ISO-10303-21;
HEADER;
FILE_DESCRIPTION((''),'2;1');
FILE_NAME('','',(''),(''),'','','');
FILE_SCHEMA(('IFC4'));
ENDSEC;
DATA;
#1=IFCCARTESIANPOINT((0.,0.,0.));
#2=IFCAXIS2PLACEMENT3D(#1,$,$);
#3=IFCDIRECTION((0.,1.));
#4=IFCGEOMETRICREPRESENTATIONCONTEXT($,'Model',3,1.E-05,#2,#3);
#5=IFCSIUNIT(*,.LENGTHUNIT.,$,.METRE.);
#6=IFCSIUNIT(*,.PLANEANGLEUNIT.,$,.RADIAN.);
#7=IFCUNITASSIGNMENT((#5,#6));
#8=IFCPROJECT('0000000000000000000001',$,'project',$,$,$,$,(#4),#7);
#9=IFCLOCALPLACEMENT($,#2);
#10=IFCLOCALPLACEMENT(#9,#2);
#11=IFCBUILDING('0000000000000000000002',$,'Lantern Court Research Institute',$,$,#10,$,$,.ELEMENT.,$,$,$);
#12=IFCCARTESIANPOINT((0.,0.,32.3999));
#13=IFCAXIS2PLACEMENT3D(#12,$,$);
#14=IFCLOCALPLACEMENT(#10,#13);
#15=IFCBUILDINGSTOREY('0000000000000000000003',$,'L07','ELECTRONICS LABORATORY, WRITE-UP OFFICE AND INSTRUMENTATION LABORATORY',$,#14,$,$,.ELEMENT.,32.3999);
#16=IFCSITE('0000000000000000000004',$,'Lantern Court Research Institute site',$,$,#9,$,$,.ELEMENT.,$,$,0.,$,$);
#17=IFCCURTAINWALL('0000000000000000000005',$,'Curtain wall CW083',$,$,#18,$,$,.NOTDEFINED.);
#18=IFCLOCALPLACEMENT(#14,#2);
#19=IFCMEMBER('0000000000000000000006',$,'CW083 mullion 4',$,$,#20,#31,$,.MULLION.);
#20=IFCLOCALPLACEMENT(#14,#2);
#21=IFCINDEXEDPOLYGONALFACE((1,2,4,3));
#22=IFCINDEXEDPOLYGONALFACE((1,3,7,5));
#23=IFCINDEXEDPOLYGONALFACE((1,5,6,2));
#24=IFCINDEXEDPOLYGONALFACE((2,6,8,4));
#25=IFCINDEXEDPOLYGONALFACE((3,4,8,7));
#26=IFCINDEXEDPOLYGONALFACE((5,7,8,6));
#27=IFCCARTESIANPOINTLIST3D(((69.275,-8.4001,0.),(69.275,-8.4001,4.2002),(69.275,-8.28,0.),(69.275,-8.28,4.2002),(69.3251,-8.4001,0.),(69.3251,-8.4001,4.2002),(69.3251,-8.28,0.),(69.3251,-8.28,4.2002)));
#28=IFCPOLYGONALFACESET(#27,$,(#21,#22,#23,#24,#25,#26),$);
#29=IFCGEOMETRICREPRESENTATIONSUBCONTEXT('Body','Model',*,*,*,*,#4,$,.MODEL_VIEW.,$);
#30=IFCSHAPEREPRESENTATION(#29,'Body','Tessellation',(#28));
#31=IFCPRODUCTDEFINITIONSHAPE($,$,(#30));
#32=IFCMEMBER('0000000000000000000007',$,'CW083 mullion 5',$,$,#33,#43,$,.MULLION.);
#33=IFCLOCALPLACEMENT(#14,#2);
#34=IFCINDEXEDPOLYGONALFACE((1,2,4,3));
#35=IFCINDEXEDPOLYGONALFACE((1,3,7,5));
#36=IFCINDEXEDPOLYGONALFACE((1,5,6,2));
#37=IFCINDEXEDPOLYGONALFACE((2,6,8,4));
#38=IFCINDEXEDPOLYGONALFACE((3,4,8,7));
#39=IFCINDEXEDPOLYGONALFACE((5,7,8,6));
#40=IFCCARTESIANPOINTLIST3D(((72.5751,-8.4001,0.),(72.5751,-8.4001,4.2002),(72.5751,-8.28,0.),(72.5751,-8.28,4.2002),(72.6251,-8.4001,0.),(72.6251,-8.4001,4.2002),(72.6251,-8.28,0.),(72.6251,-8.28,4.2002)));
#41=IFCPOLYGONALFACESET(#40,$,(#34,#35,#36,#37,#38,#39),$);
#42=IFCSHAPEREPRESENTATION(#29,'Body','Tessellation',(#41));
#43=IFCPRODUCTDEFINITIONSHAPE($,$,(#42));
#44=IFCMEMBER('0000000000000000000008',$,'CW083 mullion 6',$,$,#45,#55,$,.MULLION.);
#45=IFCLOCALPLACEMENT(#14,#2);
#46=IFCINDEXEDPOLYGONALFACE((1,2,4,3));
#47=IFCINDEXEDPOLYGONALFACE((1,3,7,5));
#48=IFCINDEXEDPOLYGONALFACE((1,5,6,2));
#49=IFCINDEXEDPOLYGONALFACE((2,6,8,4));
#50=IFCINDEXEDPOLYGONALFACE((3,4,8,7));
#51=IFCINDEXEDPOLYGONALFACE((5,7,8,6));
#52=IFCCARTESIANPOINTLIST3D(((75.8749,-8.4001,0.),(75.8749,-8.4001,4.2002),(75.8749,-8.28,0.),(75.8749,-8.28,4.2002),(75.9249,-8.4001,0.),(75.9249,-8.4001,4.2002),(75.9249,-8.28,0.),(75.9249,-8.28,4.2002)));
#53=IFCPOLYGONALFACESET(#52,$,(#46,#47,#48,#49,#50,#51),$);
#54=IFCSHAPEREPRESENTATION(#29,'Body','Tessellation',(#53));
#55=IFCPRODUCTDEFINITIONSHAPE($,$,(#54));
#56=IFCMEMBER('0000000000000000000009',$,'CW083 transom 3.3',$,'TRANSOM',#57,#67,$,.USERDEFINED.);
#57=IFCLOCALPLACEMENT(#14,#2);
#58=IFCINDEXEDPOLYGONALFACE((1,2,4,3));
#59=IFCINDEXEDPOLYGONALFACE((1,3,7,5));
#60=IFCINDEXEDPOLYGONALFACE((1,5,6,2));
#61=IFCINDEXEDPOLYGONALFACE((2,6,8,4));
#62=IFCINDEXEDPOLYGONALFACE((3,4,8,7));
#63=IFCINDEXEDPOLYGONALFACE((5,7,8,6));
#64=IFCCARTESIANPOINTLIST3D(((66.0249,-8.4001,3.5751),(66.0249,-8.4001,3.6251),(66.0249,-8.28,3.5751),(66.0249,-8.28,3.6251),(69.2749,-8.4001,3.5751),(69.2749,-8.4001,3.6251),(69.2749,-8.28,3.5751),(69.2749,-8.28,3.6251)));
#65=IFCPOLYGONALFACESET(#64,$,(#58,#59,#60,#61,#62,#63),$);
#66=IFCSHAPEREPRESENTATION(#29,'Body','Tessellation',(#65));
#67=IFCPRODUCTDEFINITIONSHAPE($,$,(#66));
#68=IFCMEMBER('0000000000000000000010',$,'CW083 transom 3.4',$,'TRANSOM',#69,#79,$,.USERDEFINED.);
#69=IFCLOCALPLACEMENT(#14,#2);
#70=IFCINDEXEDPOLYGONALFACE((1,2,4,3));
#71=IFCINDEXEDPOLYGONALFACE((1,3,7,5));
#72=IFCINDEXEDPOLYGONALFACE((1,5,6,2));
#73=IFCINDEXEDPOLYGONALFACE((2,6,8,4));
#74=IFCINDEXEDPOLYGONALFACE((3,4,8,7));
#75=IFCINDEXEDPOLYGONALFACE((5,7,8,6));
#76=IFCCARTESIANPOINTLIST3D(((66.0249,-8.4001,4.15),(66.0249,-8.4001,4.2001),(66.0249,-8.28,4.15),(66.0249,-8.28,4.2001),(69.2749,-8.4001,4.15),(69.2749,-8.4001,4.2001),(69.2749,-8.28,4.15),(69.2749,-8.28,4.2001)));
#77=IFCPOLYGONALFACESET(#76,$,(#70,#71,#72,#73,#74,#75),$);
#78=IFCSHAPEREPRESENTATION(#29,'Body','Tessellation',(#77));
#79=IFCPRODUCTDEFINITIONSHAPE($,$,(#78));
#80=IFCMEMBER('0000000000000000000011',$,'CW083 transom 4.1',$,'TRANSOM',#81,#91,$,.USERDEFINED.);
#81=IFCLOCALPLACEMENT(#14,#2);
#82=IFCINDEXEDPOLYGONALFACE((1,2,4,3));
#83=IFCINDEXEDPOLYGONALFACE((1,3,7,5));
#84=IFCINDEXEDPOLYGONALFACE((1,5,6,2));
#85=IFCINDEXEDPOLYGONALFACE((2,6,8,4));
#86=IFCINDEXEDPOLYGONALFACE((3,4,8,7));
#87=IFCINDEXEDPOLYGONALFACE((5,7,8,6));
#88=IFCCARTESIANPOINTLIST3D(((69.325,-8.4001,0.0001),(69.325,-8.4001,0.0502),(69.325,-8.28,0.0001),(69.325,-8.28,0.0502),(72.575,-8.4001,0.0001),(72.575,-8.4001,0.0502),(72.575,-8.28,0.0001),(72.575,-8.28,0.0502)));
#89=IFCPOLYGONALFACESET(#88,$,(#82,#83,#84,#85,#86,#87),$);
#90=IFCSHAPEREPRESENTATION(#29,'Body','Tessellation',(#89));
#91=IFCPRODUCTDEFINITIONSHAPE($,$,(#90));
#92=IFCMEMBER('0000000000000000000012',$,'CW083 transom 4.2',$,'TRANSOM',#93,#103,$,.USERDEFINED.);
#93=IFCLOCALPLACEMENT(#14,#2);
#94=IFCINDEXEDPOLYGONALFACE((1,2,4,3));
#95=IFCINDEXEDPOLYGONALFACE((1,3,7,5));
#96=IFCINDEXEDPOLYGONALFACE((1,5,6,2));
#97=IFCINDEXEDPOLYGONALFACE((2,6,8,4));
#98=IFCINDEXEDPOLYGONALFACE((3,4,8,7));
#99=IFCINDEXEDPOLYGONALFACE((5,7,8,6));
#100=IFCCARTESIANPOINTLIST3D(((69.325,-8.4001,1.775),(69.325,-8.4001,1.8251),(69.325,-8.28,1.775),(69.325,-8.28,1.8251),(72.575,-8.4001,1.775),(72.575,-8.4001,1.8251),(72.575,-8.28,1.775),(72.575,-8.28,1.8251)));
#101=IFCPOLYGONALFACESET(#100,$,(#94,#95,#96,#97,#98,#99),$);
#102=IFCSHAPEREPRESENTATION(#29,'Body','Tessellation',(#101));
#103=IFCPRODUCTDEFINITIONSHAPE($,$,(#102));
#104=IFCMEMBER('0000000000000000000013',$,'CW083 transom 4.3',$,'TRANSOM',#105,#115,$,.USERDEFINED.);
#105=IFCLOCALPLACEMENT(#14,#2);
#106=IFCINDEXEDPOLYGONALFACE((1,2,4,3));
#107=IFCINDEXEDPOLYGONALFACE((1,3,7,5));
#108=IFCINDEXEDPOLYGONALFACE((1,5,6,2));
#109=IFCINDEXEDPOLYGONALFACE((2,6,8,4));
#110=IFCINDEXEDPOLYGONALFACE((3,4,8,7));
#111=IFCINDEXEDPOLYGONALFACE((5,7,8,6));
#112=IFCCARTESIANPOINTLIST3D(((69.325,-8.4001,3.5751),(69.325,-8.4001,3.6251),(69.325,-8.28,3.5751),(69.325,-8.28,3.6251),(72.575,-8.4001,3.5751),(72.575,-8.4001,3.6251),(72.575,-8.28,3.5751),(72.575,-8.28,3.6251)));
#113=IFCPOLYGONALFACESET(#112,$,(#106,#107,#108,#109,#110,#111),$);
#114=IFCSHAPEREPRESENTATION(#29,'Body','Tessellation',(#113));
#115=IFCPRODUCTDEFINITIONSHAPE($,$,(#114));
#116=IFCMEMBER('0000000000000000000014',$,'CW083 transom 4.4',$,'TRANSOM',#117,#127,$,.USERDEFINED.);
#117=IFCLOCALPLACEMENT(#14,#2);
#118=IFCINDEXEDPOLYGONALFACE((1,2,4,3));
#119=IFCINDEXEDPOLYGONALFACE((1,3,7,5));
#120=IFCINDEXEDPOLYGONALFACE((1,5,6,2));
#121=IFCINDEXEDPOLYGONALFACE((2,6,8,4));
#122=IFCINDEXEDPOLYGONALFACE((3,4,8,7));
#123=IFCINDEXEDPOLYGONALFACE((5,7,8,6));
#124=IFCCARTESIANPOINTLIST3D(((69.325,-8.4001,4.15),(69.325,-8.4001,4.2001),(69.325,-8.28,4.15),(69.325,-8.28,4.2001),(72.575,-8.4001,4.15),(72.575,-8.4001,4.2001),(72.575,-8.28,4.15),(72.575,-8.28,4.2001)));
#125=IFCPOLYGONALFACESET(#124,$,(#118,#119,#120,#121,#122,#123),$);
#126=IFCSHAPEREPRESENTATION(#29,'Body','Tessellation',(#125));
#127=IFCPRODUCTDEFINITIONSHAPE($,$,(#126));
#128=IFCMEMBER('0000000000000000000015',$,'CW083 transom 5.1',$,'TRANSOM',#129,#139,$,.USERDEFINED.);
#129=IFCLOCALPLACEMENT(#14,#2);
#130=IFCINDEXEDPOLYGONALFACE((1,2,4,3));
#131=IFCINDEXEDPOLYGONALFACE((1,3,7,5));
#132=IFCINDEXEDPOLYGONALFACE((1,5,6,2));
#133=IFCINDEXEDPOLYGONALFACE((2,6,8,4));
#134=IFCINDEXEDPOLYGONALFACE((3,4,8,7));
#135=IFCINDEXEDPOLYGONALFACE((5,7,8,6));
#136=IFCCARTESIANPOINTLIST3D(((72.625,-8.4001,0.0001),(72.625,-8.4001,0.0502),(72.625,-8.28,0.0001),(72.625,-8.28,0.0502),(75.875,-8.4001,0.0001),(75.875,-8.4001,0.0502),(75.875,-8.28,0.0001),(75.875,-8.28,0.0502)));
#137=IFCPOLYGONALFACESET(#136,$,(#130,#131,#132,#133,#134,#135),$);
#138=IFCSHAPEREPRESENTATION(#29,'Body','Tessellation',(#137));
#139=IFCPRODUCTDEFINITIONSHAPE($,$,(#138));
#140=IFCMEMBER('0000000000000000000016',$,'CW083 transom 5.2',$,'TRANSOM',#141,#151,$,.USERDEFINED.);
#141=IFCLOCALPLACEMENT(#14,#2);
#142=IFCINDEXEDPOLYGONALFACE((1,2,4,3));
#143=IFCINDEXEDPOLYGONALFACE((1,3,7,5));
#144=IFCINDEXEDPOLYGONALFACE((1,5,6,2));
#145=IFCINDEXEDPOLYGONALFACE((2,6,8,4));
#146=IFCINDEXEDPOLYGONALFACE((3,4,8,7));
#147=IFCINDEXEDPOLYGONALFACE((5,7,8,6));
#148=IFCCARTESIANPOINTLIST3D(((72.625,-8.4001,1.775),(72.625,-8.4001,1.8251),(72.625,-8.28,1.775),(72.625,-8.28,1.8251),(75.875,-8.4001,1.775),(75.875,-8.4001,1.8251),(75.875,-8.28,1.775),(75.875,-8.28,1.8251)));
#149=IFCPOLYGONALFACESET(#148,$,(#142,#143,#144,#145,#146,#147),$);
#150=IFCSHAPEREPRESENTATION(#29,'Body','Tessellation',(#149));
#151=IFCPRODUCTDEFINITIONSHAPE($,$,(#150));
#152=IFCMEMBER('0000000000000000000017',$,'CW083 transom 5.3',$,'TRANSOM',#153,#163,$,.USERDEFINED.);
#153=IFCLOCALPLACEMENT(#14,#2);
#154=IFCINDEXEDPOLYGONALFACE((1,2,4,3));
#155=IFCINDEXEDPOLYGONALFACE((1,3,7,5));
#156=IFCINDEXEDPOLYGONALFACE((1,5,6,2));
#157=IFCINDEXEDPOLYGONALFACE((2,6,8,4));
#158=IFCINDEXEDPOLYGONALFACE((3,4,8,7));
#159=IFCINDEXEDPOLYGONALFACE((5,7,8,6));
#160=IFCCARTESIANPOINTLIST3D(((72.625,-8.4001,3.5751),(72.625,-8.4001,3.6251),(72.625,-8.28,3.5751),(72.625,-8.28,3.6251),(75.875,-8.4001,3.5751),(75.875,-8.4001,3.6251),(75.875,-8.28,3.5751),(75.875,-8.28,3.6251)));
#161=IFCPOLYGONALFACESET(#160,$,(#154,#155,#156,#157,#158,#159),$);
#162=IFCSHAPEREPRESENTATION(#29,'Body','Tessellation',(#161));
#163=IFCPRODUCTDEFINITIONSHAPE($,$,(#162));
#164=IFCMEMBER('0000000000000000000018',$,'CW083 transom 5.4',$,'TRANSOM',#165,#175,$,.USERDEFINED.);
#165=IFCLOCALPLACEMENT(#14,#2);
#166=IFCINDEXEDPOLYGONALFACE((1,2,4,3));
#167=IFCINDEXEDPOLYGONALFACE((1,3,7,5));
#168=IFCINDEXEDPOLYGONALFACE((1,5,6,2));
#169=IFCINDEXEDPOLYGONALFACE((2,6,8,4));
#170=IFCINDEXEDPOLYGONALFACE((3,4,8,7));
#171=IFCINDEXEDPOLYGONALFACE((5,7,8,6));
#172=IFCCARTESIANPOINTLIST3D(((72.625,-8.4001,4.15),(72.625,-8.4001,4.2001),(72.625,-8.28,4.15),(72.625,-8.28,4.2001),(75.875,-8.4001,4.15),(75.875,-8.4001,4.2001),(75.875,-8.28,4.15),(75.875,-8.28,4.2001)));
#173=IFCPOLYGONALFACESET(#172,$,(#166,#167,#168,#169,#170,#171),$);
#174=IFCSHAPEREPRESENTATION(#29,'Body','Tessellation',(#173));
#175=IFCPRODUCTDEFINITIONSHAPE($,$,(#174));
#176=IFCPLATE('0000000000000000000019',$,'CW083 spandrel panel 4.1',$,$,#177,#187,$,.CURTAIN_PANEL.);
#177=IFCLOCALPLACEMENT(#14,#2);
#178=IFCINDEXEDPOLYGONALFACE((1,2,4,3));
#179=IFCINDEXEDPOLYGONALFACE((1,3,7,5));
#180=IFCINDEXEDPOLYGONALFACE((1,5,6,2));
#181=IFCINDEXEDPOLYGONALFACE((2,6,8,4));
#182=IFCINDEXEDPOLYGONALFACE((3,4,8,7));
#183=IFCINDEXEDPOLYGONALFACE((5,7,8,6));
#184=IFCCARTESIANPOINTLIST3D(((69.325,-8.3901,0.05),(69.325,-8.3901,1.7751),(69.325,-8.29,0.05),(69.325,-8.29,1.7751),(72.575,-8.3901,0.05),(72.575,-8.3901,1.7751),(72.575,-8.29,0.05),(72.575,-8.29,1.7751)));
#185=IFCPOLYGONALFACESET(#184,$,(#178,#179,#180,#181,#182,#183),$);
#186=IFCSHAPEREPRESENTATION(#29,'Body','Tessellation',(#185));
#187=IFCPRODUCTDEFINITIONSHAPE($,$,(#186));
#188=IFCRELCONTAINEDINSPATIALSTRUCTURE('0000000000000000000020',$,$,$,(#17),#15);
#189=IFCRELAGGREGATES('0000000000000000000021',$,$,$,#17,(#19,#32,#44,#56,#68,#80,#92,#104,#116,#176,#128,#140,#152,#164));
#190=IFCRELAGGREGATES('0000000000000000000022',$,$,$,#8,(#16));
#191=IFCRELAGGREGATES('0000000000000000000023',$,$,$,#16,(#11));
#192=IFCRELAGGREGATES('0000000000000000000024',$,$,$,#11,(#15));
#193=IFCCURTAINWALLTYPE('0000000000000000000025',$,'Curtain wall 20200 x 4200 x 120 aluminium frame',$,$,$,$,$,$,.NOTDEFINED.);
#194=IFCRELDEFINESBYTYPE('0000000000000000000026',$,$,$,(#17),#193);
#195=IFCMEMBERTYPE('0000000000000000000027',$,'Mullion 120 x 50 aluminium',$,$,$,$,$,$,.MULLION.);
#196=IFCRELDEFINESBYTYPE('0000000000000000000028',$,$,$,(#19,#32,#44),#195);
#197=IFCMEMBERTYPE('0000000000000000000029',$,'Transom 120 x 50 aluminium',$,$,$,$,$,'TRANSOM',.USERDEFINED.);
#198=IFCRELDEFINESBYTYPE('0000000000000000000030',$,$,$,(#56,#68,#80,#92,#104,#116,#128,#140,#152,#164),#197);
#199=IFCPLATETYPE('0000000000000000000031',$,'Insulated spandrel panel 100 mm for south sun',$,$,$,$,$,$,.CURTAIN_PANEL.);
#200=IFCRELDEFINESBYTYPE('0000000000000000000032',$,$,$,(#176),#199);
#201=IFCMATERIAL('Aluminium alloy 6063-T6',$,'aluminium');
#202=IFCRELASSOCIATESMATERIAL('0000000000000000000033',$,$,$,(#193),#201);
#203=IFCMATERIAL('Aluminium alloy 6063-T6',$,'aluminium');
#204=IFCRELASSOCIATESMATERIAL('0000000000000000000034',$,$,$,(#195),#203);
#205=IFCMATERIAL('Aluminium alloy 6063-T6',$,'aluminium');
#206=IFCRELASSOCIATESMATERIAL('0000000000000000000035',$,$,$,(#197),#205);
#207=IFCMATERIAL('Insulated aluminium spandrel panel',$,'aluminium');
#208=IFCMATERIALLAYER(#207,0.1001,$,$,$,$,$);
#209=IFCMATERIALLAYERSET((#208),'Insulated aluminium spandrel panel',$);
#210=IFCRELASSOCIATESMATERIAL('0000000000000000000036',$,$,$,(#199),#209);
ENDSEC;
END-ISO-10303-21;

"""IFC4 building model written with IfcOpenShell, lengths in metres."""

from ifc_helpers import new_model, si_unit, direction, frame, origin, origin_2d, place, context, subcontext, project, spatial, rectangle, extrude, material, layer, layer_set, material_profile, profile_set, type_object, element, aggregate, save


model = new_model("IFC4")

# Units and contexts
model_context = context("Model", 3, precision=1e-05, world=origin(), true_north=direction((0.0, 1.0)))
body_context = subcontext(model_context, "Body", "Model", "MODEL_VIEW")
ifc_project = project(units=[si_unit("LENGTHUNIT", "METRE"), si_unit("PLANEANGLEUNIT", "RADIAN")], contexts=[model_context])

# Site, building, storey
site_placement = place(None, origin())
site = spatial("IfcSite", under=ifc_project, at=site_placement, Name="Lantern Court Research Institute site", CompositionType="ELEMENT", RefElevation=0.0)
building_placement = place(site_placement, origin())
building = spatial("IfcBuilding", under=site, at=building_placement, Name="Lantern Court Research Institute", CompositionType="ELEMENT")
storey_placement = place(building_placement, frame((0.0, 0.0, 32.3999)))
storey = spatial("IfcBuildingStorey", under=building, at=storey_placement, Name="L07", Description="ELECTRONICS LABORATORY, WRITE-UP OFFICE AND INSTRUMENTATION LABORATORY", CompositionType="ELEMENT", Elevation=32.3999)

# Curtain wall, members, plate
ifc_material_1 = material(Name="Aluminium alloy 6063-T6", Category="aluminium")
curtain_wall_type = type_object("IfcCurtainWallType", Name="Curtain wall 20200 x 4200 x 120 aluminium frame", PredefinedType="NOTDEFINED", material=ifc_material_1)
curtain_wall_placement = place(storey_placement, origin())
curtain_wall = element("IfcCurtainWall", 1, at=curtain_wall_placement, inside=storey, type_object=curtain_wall_type, Name="Curtain wall CW083", PredefinedType="NOTDEFINED")
ifc_material_2 = material(Name="Aluminium alloy 6063-T6", Category="aluminium")
ifc_material_profile_1 = material_profile(ifc_material_2, rectangle(XDim=0.1201, YDim=0.05, at=origin_2d()), Name="Mullion 120 x 50")
ifc_profile_set_1 = profile_set([ifc_material_profile_1], Name="Aluminium alloy 6063-T6")
member_type_1 = type_object("IfcMemberType", Name="Mullion 120 x 50 aluminium", PredefinedType="MULLION", material=ifc_profile_set_1)
member_1_placement = place(storey_placement, frame((69.3, -8.3401, 0.0), z_axis=(0.0, 0.0, 1.0), x_axis=(0.0, -1.0, 0.0)))
member_1 = element("IfcMember", 2, at=member_1_placement, type_object=member_type_1, Name="CW083 mullion 4", PredefinedType="MULLION", context=body_context, shape_type="SweptSolid", body=[
    extrude(rectangle(XDim=0.1201, YDim=0.05, at=origin_2d()), origin(), (0.0, 0.0, 1.0), 4.2002),
])
member_2_placement = place(storey_placement, frame((72.6001, -8.3401, 0.0), z_axis=(0.0, 0.0, 1.0), x_axis=(0.0, -1.0, 0.0)))
member_2 = element("IfcMember", 3, at=member_2_placement, type_object=member_type_1, Name="CW083 mullion 5", PredefinedType="MULLION", context=body_context, shape_type="SweptSolid", body=[
    extrude(rectangle(XDim=0.1201, YDim=0.05, at=origin_2d()), origin(), (0.0, 0.0, 1.0), 4.2002),
])
member_3_placement = place(storey_placement, frame((75.8999, -8.3401, 0.0), z_axis=(0.0, 0.0, 1.0), x_axis=(0.0, -1.0, 0.0)))
member_3 = element("IfcMember", 4, at=member_3_placement, type_object=member_type_1, Name="CW083 mullion 6", PredefinedType="MULLION", context=body_context, shape_type="SweptSolid", body=[
    extrude(rectangle(XDim=0.1201, YDim=0.05, at=origin_2d()), origin(), (0.0, 0.0, 1.0), 4.2002),
])
ifc_material_3 = material(Name="Aluminium alloy 6063-T6", Category="aluminium")
ifc_material_profile_2 = material_profile(ifc_material_3, rectangle(XDim=0.1201, YDim=0.05, at=origin_2d()), Name="Transom 120 x 50")
ifc_profile_set_2 = profile_set([ifc_material_profile_2], Name="Aluminium alloy 6063-T6")
member_type_2 = type_object("IfcMemberType", Name="Transom 120 x 50 aluminium", ElementType="TRANSOM", PredefinedType="USERDEFINED", material=ifc_profile_set_2)
member_4_placement = place(storey_placement, frame((69.2749, -8.3401, 3.6001), z_axis=(-1.0, 0.0, 0.0), x_axis=(0.0, -1.0, 0.0)))
member_4 = element("IfcMember", 5, at=member_4_placement, type_object=member_type_2, Name="CW083 transom 3.3", ObjectType="TRANSOM", PredefinedType="USERDEFINED", context=body_context, shape_type="SweptSolid", body=[
    extrude(rectangle(XDim=0.1201, YDim=0.05, at=origin_2d()), origin(), (0.0, 0.0, 1.0), 3.25),
])
member_5_placement = place(storey_placement, frame((69.2749, -8.3401, 4.175), z_axis=(-1.0, 0.0, 0.0), x_axis=(0.0, -1.0, 0.0)))
member_5 = element("IfcMember", 6, at=member_5_placement, type_object=member_type_2, Name="CW083 transom 3.4", ObjectType="TRANSOM", PredefinedType="USERDEFINED", context=body_context, shape_type="SweptSolid", body=[
    extrude(rectangle(XDim=0.1201, YDim=0.05, at=origin_2d()), origin(), (0.0, 0.0, 1.0), 3.25),
])
member_6_placement = place(storey_placement, frame((72.575, -8.3401, 0.0251), z_axis=(-1.0, 0.0, 0.0), x_axis=(0.0, -1.0, 0.0)))
member_6 = element("IfcMember", 7, at=member_6_placement, type_object=member_type_2, Name="CW083 transom 4.1", ObjectType="TRANSOM", PredefinedType="USERDEFINED", context=body_context, shape_type="SweptSolid", body=[
    extrude(rectangle(XDim=0.1201, YDim=0.05, at=origin_2d()), origin(), (0.0, 0.0, 1.0), 3.25),
])
member_7_placement = place(storey_placement, frame((72.575, -8.3401, 1.8), z_axis=(-1.0, 0.0, 0.0), x_axis=(0.0, -1.0, 0.0)))
member_7 = element("IfcMember", 8, at=member_7_placement, type_object=member_type_2, Name="CW083 transom 4.2", ObjectType="TRANSOM", PredefinedType="USERDEFINED", context=body_context, shape_type="SweptSolid", body=[
    extrude(rectangle(XDim=0.1201, YDim=0.05, at=origin_2d()), origin(), (0.0, 0.0, 1.0), 3.25),
])
member_8_placement = place(storey_placement, frame((72.575, -8.3401, 3.6001), z_axis=(-1.0, 0.0, 0.0), x_axis=(0.0, -1.0, 0.0)))
member_8 = element("IfcMember", 9, at=member_8_placement, type_object=member_type_2, Name="CW083 transom 4.3", ObjectType="TRANSOM", PredefinedType="USERDEFINED", context=body_context, shape_type="SweptSolid", body=[
    extrude(rectangle(XDim=0.1201, YDim=0.05, at=origin_2d()), origin(), (0.0, 0.0, 1.0), 3.25),
])
member_9_placement = place(storey_placement, frame((72.575, -8.3401, 4.175), z_axis=(-1.0, 0.0, 0.0), x_axis=(0.0, -1.0, 0.0)))
member_9 = element("IfcMember", 10, at=member_9_placement, type_object=member_type_2, Name="CW083 transom 4.4", ObjectType="TRANSOM", PredefinedType="USERDEFINED", context=body_context, shape_type="SweptSolid", body=[
    extrude(rectangle(XDim=0.1201, YDim=0.05, at=origin_2d()), origin(), (0.0, 0.0, 1.0), 3.25),
])
member_10_placement = place(storey_placement, frame((75.875, -8.3401, 0.0251), z_axis=(-1.0, 0.0, 0.0), x_axis=(0.0, -1.0, 0.0)))
member_10 = element("IfcMember", 11, at=member_10_placement, type_object=member_type_2, Name="CW083 transom 5.1", ObjectType="TRANSOM", PredefinedType="USERDEFINED", context=body_context, shape_type="SweptSolid", body=[
    extrude(rectangle(XDim=0.1201, YDim=0.05, at=origin_2d()), origin(), (0.0, 0.0, 1.0), 3.25),
])
member_11_placement = place(storey_placement, frame((75.875, -8.3401, 1.8), z_axis=(-1.0, 0.0, 0.0), x_axis=(0.0, -1.0, 0.0)))
member_11 = element("IfcMember", 12, at=member_11_placement, type_object=member_type_2, Name="CW083 transom 5.2", ObjectType="TRANSOM", PredefinedType="USERDEFINED", context=body_context, shape_type="SweptSolid", body=[
    extrude(rectangle(XDim=0.1201, YDim=0.05, at=origin_2d()), origin(), (0.0, 0.0, 1.0), 3.25),
])
member_12_placement = place(storey_placement, frame((75.875, -8.3401, 3.6001), z_axis=(-1.0, 0.0, 0.0), x_axis=(0.0, -1.0, 0.0)))
member_12 = element("IfcMember", 13, at=member_12_placement, type_object=member_type_2, Name="CW083 transom 5.3", ObjectType="TRANSOM", PredefinedType="USERDEFINED", context=body_context, shape_type="SweptSolid", body=[
    extrude(rectangle(XDim=0.1201, YDim=0.05, at=origin_2d()), origin(), (0.0, 0.0, 1.0), 3.25),
])
member_13_placement = place(storey_placement, frame((75.875, -8.3401, 4.175), z_axis=(-1.0, 0.0, 0.0), x_axis=(0.0, -1.0, 0.0)))
member_13 = element("IfcMember", 14, at=member_13_placement, type_object=member_type_2, Name="CW083 transom 5.4", ObjectType="TRANSOM", PredefinedType="USERDEFINED", context=body_context, shape_type="SweptSolid", body=[
    extrude(rectangle(XDim=0.1201, YDim=0.05, at=origin_2d()), origin(), (0.0, 0.0, 1.0), 3.25),
])
ifc_material_4 = material(Name="Insulated aluminium spandrel panel", Category="aluminium")
ifc_layer_1 = layer(ifc_material_4, 0.1001)
ifc_layer_set_1 = layer_set([ifc_layer_1], Name="Insulated aluminium spandrel panel")
plate_type_1 = type_object("IfcPlateType", Name="Insulated spandrel panel 100 mm for south sun", PredefinedType="CURTAIN_PANEL", material=ifc_layer_set_1)
plate_1_placement = place(storey_placement, frame((70.95, -8.3401, 0.05), z_axis=(0.0, 0.0, 1.0), x_axis=(-1.0, 0.0, 0.0)))
plate_1 = element("IfcPlate", 15, at=plate_1_placement, type_object=plate_type_1, Name="CW083 spandrel panel 4.1", PredefinedType="CURTAIN_PANEL", context=body_context, shape_type="SweptSolid", body=[
    extrude(rectangle(XDim=3.25, YDim=0.1001, at=origin_2d()), origin(), (0.0, 0.0, 1.0), 1.7251),
])
aggregate(curtain_wall, [member_1, member_2, member_3, member_4, member_5, member_6, member_7, member_8, member_9, plate_1, member_10, member_11, member_12, member_13])

save(model, "model.ifc")
